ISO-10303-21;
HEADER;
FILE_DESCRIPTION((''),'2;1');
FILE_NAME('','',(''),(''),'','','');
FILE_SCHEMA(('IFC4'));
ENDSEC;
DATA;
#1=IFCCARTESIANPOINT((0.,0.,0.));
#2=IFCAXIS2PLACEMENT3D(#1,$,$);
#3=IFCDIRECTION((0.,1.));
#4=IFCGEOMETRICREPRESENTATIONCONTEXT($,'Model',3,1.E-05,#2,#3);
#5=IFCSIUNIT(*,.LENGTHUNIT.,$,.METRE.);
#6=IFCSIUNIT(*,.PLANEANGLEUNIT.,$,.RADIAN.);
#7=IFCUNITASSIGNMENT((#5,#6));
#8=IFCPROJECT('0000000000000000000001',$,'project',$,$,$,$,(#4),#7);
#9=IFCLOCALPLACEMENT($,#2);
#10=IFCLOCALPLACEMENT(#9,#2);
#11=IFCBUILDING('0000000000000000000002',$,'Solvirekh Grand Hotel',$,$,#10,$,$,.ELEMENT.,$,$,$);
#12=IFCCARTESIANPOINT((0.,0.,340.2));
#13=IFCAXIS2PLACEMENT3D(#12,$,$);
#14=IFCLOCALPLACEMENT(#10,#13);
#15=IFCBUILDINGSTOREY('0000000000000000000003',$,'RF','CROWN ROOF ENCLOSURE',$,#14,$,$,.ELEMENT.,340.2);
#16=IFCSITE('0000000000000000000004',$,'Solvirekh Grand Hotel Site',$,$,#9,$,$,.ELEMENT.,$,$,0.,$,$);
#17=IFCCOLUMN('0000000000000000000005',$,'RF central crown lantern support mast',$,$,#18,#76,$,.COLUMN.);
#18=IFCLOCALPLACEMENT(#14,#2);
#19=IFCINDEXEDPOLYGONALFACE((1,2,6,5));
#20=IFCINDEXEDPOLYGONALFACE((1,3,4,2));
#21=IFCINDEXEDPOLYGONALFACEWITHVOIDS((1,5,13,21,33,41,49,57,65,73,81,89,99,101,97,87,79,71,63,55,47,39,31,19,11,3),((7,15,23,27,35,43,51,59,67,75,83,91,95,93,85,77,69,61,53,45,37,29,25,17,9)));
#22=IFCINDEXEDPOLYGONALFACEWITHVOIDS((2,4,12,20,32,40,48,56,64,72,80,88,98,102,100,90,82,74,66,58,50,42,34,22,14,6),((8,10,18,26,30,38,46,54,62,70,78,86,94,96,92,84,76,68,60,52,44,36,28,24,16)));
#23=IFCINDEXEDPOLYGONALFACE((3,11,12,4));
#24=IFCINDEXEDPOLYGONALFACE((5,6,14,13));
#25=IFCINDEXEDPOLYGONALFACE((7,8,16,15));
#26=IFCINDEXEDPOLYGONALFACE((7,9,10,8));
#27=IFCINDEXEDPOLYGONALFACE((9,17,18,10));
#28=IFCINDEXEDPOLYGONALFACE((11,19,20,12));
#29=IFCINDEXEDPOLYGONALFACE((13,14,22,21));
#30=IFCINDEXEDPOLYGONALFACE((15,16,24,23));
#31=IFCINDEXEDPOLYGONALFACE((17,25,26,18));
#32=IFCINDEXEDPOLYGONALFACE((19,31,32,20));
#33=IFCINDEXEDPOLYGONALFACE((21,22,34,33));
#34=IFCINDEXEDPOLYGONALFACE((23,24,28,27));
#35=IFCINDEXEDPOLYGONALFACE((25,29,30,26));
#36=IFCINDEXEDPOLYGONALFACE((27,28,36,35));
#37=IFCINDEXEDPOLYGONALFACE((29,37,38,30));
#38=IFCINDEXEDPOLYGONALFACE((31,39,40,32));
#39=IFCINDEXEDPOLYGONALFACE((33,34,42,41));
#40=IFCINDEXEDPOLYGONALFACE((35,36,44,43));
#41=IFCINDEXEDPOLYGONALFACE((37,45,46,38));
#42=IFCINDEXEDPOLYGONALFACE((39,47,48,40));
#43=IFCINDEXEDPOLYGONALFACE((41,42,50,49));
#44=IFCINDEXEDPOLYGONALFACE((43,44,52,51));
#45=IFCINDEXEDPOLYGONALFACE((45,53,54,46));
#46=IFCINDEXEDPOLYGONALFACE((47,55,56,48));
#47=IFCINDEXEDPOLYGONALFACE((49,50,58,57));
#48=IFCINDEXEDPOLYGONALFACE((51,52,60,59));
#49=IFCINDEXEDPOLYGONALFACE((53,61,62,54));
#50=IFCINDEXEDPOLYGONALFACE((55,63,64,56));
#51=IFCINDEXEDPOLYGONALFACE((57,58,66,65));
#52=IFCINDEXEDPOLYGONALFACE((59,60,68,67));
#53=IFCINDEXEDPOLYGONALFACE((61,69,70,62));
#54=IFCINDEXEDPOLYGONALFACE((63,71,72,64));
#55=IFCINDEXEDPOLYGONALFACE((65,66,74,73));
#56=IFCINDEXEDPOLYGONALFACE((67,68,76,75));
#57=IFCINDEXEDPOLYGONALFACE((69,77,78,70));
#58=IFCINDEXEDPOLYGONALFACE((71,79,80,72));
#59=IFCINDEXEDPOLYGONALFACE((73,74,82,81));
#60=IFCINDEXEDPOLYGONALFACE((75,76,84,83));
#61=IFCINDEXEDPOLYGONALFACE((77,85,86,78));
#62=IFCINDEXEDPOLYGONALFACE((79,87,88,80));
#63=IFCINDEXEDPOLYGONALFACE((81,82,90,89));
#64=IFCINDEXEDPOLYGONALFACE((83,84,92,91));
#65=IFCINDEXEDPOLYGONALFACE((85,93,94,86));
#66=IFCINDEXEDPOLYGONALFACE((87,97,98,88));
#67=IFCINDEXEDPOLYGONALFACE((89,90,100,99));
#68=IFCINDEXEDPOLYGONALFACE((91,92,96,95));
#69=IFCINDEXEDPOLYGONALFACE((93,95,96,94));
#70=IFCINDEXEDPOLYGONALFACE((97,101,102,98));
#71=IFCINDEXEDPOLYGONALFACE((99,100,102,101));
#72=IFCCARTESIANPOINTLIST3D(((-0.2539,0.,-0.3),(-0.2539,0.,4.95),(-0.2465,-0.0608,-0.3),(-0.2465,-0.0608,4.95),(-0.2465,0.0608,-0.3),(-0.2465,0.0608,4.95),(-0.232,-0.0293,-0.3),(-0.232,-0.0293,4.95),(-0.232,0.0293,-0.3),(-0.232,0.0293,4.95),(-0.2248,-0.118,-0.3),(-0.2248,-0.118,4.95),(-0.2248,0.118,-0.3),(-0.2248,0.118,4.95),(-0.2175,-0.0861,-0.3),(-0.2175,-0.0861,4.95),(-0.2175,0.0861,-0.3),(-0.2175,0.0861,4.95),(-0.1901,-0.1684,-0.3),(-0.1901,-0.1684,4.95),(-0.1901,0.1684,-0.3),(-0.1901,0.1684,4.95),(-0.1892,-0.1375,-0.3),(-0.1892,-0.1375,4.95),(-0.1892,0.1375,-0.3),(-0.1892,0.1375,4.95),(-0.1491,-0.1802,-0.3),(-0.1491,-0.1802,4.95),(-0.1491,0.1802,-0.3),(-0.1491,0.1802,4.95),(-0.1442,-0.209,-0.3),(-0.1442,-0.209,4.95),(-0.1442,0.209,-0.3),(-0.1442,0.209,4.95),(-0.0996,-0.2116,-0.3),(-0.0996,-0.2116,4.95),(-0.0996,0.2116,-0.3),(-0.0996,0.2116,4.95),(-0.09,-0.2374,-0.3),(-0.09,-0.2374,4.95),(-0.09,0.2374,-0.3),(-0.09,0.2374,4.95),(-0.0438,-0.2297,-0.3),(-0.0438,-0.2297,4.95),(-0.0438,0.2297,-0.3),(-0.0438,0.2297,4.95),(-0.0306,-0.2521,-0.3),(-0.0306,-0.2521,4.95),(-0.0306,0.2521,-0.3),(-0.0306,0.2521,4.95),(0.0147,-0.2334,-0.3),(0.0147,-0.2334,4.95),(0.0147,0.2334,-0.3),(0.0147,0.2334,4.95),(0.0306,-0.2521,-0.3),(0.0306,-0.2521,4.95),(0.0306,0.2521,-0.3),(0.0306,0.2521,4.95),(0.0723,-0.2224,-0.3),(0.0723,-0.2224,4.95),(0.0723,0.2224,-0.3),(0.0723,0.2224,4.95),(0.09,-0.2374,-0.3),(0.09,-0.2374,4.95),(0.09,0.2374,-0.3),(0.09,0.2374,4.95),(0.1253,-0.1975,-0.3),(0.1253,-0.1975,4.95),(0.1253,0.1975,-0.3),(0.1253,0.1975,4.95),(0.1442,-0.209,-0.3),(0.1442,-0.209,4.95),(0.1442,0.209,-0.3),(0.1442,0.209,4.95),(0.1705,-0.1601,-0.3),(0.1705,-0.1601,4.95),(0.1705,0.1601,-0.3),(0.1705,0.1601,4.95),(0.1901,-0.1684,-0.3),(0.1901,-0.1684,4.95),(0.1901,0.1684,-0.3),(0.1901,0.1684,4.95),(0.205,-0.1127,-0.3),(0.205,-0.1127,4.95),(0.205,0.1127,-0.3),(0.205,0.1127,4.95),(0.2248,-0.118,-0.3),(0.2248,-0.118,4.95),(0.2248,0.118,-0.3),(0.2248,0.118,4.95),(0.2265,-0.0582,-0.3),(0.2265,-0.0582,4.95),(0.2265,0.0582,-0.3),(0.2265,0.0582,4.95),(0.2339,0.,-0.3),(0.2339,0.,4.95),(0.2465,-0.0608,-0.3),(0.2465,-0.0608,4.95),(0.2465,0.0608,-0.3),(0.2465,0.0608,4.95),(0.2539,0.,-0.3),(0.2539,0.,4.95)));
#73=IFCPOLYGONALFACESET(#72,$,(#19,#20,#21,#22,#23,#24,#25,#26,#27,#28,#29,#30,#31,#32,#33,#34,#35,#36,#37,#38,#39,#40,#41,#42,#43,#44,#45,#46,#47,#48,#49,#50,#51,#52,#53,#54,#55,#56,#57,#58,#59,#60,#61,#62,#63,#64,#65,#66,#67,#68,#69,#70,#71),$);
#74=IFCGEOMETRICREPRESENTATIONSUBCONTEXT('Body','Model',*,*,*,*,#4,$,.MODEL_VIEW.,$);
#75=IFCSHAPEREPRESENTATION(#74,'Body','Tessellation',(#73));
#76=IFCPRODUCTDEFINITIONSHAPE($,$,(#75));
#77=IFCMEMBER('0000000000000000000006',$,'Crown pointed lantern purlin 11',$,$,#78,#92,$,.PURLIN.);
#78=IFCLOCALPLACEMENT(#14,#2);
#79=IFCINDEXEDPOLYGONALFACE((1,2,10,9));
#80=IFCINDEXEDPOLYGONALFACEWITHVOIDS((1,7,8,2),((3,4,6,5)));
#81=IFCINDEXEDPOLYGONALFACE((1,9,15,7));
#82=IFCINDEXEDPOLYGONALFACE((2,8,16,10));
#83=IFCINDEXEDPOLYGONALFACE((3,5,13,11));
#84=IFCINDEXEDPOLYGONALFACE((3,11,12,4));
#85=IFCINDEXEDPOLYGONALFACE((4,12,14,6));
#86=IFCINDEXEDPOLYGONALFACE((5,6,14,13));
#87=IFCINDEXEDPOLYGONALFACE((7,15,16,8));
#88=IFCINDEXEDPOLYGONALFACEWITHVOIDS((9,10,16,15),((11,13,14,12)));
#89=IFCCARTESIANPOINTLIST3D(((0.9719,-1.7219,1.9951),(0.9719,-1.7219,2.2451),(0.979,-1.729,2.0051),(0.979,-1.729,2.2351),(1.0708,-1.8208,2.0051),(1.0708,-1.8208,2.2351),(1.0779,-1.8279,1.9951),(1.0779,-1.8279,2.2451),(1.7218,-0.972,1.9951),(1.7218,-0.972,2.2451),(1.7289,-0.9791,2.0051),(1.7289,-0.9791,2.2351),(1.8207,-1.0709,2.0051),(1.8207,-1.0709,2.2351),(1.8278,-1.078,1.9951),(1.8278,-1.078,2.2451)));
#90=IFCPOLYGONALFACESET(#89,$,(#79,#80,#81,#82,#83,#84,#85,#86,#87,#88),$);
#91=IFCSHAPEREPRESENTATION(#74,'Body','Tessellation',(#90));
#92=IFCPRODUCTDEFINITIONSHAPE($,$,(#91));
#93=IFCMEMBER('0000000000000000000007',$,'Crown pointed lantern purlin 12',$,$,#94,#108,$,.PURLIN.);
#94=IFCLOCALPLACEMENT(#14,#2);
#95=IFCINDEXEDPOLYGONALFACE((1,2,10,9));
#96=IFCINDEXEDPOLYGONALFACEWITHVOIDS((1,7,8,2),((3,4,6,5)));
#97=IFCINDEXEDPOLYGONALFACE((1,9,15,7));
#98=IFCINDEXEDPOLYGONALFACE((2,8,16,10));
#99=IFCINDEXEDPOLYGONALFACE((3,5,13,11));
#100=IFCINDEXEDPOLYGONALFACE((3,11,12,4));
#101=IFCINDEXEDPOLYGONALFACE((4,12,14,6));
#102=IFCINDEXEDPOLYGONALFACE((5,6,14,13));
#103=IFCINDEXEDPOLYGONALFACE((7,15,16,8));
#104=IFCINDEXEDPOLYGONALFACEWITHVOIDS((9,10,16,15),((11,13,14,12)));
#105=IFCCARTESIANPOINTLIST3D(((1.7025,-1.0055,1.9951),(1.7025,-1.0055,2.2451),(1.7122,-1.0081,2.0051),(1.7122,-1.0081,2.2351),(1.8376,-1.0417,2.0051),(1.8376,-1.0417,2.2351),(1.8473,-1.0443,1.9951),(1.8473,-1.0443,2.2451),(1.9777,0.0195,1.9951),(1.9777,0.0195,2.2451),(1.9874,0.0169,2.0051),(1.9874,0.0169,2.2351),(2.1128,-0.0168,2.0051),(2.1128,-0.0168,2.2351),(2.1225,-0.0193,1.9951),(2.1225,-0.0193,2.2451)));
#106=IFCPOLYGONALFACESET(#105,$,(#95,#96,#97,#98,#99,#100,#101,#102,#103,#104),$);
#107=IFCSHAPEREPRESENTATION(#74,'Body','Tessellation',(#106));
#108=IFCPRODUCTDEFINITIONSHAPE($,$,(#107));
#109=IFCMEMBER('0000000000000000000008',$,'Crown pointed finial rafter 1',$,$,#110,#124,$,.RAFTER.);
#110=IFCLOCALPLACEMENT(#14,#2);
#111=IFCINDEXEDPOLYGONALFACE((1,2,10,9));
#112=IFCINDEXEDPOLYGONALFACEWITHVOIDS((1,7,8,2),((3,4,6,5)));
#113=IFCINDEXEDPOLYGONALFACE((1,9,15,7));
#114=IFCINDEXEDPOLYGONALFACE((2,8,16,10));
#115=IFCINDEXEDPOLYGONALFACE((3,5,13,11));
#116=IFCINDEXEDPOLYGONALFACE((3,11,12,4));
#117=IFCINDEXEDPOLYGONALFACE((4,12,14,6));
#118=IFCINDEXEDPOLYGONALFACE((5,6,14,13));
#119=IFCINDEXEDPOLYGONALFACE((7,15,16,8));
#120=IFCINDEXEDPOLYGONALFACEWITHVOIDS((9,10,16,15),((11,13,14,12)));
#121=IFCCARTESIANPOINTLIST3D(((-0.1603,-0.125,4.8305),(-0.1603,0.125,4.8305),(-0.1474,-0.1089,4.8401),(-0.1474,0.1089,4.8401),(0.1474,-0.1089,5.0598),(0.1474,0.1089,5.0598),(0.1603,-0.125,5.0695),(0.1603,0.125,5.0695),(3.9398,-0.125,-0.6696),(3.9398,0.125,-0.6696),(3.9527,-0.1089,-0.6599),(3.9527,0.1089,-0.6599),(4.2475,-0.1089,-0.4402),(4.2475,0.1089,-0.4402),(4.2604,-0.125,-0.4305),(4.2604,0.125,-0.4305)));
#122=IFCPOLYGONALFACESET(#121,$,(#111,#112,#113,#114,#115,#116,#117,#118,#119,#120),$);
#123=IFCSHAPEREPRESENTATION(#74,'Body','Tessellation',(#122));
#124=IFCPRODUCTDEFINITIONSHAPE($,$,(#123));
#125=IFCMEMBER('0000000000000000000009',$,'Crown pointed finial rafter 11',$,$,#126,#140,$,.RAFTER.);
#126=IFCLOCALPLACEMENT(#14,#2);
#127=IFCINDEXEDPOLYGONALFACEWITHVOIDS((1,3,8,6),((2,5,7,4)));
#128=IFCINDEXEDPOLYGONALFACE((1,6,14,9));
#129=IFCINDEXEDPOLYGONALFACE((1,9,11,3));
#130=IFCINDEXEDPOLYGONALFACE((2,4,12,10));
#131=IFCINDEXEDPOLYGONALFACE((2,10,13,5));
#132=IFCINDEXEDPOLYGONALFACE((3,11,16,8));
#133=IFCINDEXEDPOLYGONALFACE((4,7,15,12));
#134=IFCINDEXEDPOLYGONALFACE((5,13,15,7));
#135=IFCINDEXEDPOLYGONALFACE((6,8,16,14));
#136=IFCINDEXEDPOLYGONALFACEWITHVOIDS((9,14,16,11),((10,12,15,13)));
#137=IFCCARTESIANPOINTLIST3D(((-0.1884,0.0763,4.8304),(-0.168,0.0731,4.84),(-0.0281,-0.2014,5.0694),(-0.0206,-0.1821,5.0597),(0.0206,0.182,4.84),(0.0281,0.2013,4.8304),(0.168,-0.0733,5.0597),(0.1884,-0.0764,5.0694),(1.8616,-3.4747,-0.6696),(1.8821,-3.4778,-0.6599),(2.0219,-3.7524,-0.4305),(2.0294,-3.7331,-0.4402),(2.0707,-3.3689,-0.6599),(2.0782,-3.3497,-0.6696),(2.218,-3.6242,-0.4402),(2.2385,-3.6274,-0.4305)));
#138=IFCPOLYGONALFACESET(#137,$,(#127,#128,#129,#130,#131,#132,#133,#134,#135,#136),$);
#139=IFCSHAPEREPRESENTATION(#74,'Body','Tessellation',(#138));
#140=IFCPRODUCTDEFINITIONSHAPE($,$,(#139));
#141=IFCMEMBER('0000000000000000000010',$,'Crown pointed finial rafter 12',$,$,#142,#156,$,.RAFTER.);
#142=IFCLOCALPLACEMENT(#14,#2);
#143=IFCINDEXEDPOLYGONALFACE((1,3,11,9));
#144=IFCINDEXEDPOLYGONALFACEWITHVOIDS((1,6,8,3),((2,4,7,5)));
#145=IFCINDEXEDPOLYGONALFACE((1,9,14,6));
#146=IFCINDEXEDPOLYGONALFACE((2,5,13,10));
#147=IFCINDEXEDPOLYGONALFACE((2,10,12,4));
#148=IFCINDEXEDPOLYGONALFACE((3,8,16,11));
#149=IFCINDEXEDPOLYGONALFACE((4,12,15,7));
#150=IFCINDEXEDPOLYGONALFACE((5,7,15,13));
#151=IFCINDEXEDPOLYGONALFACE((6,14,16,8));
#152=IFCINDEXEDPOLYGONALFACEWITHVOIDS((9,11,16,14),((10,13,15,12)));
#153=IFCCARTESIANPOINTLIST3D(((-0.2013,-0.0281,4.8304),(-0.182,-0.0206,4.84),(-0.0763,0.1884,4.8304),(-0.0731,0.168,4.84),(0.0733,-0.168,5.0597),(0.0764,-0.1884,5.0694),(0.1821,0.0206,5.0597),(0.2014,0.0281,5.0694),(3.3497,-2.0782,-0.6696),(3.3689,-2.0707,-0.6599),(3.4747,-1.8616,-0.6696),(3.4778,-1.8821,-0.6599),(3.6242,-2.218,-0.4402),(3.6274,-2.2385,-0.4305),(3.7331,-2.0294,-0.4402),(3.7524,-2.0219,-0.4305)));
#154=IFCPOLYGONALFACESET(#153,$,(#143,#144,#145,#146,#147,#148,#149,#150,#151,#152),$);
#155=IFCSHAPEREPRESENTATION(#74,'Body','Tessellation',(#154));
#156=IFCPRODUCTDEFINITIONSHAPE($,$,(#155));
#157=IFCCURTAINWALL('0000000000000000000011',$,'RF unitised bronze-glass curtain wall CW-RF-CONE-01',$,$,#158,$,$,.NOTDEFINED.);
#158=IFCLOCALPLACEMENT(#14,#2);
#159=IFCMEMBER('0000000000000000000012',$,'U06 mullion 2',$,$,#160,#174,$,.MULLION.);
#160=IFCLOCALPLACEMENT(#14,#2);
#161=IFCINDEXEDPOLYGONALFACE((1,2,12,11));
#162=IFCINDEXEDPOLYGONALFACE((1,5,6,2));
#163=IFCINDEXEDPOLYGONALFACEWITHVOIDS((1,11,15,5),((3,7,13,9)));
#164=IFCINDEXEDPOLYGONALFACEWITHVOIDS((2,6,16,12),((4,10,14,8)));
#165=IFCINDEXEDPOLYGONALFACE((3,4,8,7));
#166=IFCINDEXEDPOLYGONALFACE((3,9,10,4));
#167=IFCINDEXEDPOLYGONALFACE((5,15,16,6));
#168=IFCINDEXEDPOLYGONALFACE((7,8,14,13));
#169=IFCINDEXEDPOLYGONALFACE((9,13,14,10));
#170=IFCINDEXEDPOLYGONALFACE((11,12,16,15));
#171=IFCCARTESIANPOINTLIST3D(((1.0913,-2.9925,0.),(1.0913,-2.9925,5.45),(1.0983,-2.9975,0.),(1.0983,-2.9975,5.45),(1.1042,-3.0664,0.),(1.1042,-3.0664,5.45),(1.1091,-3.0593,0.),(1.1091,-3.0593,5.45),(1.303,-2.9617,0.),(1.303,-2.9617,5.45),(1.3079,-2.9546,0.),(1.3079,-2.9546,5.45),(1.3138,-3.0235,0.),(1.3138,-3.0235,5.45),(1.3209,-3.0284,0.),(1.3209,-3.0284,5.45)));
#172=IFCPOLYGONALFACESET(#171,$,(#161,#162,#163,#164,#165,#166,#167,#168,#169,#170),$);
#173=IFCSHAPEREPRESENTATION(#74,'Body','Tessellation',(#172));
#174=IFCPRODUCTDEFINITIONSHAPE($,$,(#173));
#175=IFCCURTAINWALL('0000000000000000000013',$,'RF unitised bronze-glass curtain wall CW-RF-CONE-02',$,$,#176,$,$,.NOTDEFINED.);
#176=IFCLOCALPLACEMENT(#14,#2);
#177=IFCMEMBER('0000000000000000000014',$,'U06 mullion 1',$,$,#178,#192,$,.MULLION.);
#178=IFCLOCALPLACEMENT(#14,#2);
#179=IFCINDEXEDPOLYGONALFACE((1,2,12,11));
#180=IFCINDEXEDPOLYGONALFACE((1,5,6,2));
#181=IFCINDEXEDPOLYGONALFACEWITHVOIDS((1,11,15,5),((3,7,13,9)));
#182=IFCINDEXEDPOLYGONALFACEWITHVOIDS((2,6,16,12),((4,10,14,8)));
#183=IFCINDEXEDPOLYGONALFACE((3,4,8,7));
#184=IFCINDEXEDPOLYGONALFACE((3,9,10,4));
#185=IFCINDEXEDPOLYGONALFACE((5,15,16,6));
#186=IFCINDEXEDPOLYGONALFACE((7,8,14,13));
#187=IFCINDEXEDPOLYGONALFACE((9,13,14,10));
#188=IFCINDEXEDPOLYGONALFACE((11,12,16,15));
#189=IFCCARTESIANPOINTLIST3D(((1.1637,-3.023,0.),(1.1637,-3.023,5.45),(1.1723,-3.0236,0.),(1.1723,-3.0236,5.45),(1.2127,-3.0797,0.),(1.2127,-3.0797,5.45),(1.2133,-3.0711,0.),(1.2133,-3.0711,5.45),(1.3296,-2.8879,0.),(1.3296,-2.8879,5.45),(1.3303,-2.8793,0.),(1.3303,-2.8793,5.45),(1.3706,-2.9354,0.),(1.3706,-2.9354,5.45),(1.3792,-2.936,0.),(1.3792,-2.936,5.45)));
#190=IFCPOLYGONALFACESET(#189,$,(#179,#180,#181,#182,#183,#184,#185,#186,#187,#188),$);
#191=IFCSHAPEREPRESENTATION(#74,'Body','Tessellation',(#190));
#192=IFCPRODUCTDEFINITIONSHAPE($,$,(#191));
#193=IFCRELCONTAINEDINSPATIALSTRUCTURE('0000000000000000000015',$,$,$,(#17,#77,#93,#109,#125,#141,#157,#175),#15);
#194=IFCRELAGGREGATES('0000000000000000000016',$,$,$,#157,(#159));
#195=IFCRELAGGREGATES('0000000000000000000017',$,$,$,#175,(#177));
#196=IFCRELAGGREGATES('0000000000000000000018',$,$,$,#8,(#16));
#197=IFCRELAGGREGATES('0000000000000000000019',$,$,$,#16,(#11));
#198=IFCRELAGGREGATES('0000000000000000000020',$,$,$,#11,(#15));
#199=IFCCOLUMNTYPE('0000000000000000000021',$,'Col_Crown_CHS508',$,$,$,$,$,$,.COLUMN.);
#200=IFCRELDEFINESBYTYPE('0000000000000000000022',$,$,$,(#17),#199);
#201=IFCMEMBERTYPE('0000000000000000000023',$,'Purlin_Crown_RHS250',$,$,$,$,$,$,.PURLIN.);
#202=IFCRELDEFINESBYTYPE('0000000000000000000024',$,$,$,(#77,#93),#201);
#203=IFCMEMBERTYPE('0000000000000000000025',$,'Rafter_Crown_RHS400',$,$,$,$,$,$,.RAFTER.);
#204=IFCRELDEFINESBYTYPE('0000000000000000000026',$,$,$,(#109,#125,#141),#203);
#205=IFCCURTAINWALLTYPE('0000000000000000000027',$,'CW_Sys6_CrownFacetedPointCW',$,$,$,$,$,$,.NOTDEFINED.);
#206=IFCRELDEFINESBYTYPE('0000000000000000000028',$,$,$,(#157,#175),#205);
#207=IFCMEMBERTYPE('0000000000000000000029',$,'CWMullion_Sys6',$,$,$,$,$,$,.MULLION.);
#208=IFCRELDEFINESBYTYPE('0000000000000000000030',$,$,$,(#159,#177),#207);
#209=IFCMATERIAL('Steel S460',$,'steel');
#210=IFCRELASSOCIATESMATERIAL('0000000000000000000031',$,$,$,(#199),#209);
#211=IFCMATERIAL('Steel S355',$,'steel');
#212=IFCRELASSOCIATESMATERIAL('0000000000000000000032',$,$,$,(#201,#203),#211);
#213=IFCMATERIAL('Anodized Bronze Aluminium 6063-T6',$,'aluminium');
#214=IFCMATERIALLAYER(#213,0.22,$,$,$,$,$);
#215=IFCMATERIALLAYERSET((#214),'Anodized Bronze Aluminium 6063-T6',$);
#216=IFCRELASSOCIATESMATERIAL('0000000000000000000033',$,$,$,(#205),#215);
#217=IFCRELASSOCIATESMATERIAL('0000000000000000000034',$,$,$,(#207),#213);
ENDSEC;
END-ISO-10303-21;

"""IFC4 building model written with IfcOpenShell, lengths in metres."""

from ifc_helpers import new_model, si_unit, direction, frame, origin, origin_2d, place, context, subcontext, project, spatial, hollow_rectangle, hollow_circle, extrude, source, transform, mapped, material, layer, layer_set, material_profile, profile_set, type_object, element, aggregate, save


model = new_model("IFC4")

# Units and contexts
model_context = context("Model", 3, precision=1e-05, world=origin(), true_north=direction((0.0, 1.0)))
body_context = subcontext(model_context, "Body", "Model", "MODEL_VIEW")
ifc_project = project(units=[si_unit("LENGTHUNIT", "METRE"), si_unit("PLANEANGLEUNIT", "RADIAN")], contexts=[model_context])

# Site, building, storey
site_placement = place(None, origin())
site = spatial("IfcSite", under=ifc_project, at=site_placement, Name="Solvirekh Grand Hotel Site", CompositionType="ELEMENT", RefElevation=0.0)
building_placement = place(site_placement, origin())
building = spatial("IfcBuilding", under=site, at=building_placement, Name="Solvirekh Grand Hotel", CompositionType="ELEMENT")
storey_placement = place(building_placement, frame((0.0, 0.0, 340.2)))
storey = spatial("IfcBuildingStorey", under=building, at=storey_placement, Name="RF", Description="CROWN ROOF ENCLOSURE", CompositionType="ELEMENT", Elevation=340.2)

# Column
ifc_material_1 = material(Name="Steel S460", Category="steel")
ifc_material_profile_1 = material_profile(ifc_material_1, hollow_circle(Radius=0.2539, WallThickness=0.02, at=origin_2d()), Name="CHS 508X20")
ifc_profile_set_1 = profile_set([ifc_material_profile_1], Name="Steel S460")
column_type = type_object("IfcColumnType", Name="Col_Crown_CHS508", PredefinedType="COLUMN", material=ifc_profile_set_1)
column_placement = place(storey_placement, frame((0.0, 0.0, -0.3), z_axis=(0.0, 0.0, 1.0), x_axis=(1.0, 0.0, 0.0)))
element("IfcColumn", 1, at=column_placement, inside=storey, type_object=column_type, Name="RF central crown lantern support mast", PredefinedType="COLUMN", context=body_context, shape_type="SweptSolid", body=[
    extrude(hollow_circle(Radius=0.2539, WallThickness=0.02, at=origin_2d()), origin(), (0.0, 0.0, 1.0), 5.25),
])

# Members
ifc_material_2 = material(Name="Steel S355", Category="steel")
ifc_material_profile_2 = material_profile(ifc_material_2, hollow_rectangle(XDim=0.1499, YDim=0.25, WallThickness=0.01, at=origin_2d()), Name="RHS 250X150X10")
ifc_profile_set_2 = profile_set([ifc_material_profile_2], Name="Steel S355")
member_type_1 = type_object("IfcMemberType", Name="Purlin_Crown_RHS250", PredefinedType="PURLIN", material=ifc_profile_set_2)
member_1_placement = place(storey_placement, frame((1.0249, -1.7749, 2.1201), z_axis=(0.707107, 0.707107, 0.0), x_axis=(-0.707107, 0.707107, 0.0)))
element("IfcMember", 2, at=member_1_placement, inside=storey, type_object=member_type_1, Name="Crown pointed lantern purlin 11", PredefinedType="PURLIN", context=body_context, shape_type="SweptSolid", body=[
    extrude(hollow_rectangle(XDim=0.1499, YDim=0.25, WallThickness=0.01, at=origin_2d()), origin(), (0.0, 0.0, 1.0), 1.0605),
])
member_2_placement = place(storey_placement, frame((1.7749, -1.0249, 2.1201), z_axis=(0.25928, 0.965802, 0.0), x_axis=(-0.965802, 0.25928, 0.0)))
element("IfcMember", 3, at=member_2_placement, inside=storey, type_object=member_type_1, Name="Crown pointed lantern purlin 12", PredefinedType="PURLIN", context=body_context, shape_type="SweptSolid", body=[
    extrude(hollow_rectangle(XDim=0.1499, YDim=0.25, WallThickness=0.01, at=origin_2d()), origin(), (0.0, 0.0, 1.0), 1.0613),
])
ifc_material_profile_3 = material_profile(ifc_material_2, hollow_rectangle(XDim=0.25, YDim=0.3999, WallThickness=0.0161, at=origin_2d()), Name="RHS 400X250X16")
ifc_profile_set_3 = profile_set([ifc_material_profile_3], Name="Steel S355")
member_type_2 = type_object("IfcMemberType", Name="Rafter_Crown_RHS400", PredefinedType="RAFTER", material=ifc_profile_set_3)
for number, where, z_axis, x_axis, name in (
    (4, (4.1001, 0.0, -0.55), (-0.597674, 0.0, 0.801739), (0.0, -1.0, 0.0), "Crown pointed finial rafter 1"),
    (5, (2.05, -3.551, -0.55), (-0.298832, 0.517626, 0.801725), (-0.86604, -0.499975, 0.0), "Crown pointed finial rafter 11"),
    (6, (3.551, -2.05, -0.55), (-0.517626, 0.298832, 0.801725), (-0.499975, -0.86604, 0.0), "Crown pointed finial rafter 12"),
):
    element("IfcMember", number, at=place(storey_placement, frame(where, z_axis=z_axis, x_axis=x_axis)), inside=storey, type_object=member_type_2, Name=name, PredefinedType="RAFTER", context=body_context, shape_type="SweptSolid", body=[
        extrude(hollow_rectangle(XDim=0.25, YDim=0.3999, WallThickness=0.0161, at=origin_2d()), origin(), (0.0, 0.0, 1.0), 6.8601),
    ])

# Curtain wall, member
ifc_material_3 = material(Name="Anodized Bronze Aluminium 6063-T6", Category="aluminium")
ifc_layer_1 = layer(ifc_material_3, 0.22)
ifc_layer_set_1 = layer_set([ifc_layer_1], Name="Anodized Bronze Aluminium 6063-T6")
curtain_wall_type = type_object("IfcCurtainWallType", Name="CW_Sys6_CrownFacetedPointCW", PredefinedType="NOTDEFINED", material=ifc_layer_set_1)
curtain_wall_1_placement = place(storey_placement, origin())
curtain_wall_1 = element("IfcCurtainWall", 7, at=curtain_wall_1_placement, inside=storey, type_object=curtain_wall_type, Name="RF unitised bronze-glass curtain wall CW-RF-CONE-01", PredefinedType="NOTDEFINED")
ifc_material_profile_4 = material_profile(ifc_material_3, hollow_rectangle(XDim=0.075, YDim=0.22, WallThickness=0.0061, at=origin_2d()), Name="ALU RHS 220X75X6")
ifc_profile_set_4 = profile_set([ifc_material_profile_4], Name="Anodized Bronze Aluminium 6063-T6")
member_type_3 = type_object("IfcMemberType", Name="CWMullion_Sys6", PredefinedType="MULLION", material=ifc_profile_set_4)
shared_shape_1 = source(origin(), body_context, "Body", "SweptSolid", [
    extrude(hollow_rectangle(XDim=0.075, YDim=0.22, WallThickness=0.0061, at=origin_2d()), origin(), (0.0, 0.0, 1.0), 5.45),
])
member_3_placement = place(storey_placement, frame((1.2061, -3.0105, 0.0), z_axis=(0.0, 0.0, 1.0), x_axis=(-0.172441, 0.98502, 0.0)))
member_3 = element("IfcMember", 8, at=member_3_placement, type_object=member_type_3, Name="U06 mullion 2", PredefinedType="MULLION", context=body_context, shape_type="MappedRepresentation", body=[
    mapped(shared_shape_1, transform((0.0, 0.0, 0.0), x_axis=(1.0, 0.0, 0.0), y_axis=(0.0, 1.0, 0.0), z_axis=(0.0, 0.0, 1.0), scale=1.0)),
])

# Curtain wall, member
curtain_wall_2_placement = place(storey_placement, origin())
curtain_wall_2 = element("IfcCurtainWall", 9, at=curtain_wall_2_placement, inside=storey, type_object=curtain_wall_type, Name="RF unitised bronze-glass curtain wall CW-RF-CONE-02", PredefinedType="NOTDEFINED")
member_4_placement = place(storey_placement, frame((1.2715, -2.9795, 0.0), z_axis=(0.0, 0.0, 1.0), x_axis=(-0.653274, 0.757122, 0.0)))
member_4 = element("IfcMember", 10, at=member_4_placement, type_object=member_type_3, Name="U06 mullion 1", PredefinedType="MULLION", context=body_context, shape_type="MappedRepresentation", body=[
    mapped(shared_shape_1, transform((0.0, 0.0, 0.0), x_axis=(1.0, 0.0, 0.0), y_axis=(0.0, 1.0, 0.0), z_axis=(0.0, 0.0, 1.0), scale=1.0)),
])

aggregate(curtain_wall_1, [member_3])
aggregate(curtain_wall_2, [member_4])

save(model, "model.ifc")
